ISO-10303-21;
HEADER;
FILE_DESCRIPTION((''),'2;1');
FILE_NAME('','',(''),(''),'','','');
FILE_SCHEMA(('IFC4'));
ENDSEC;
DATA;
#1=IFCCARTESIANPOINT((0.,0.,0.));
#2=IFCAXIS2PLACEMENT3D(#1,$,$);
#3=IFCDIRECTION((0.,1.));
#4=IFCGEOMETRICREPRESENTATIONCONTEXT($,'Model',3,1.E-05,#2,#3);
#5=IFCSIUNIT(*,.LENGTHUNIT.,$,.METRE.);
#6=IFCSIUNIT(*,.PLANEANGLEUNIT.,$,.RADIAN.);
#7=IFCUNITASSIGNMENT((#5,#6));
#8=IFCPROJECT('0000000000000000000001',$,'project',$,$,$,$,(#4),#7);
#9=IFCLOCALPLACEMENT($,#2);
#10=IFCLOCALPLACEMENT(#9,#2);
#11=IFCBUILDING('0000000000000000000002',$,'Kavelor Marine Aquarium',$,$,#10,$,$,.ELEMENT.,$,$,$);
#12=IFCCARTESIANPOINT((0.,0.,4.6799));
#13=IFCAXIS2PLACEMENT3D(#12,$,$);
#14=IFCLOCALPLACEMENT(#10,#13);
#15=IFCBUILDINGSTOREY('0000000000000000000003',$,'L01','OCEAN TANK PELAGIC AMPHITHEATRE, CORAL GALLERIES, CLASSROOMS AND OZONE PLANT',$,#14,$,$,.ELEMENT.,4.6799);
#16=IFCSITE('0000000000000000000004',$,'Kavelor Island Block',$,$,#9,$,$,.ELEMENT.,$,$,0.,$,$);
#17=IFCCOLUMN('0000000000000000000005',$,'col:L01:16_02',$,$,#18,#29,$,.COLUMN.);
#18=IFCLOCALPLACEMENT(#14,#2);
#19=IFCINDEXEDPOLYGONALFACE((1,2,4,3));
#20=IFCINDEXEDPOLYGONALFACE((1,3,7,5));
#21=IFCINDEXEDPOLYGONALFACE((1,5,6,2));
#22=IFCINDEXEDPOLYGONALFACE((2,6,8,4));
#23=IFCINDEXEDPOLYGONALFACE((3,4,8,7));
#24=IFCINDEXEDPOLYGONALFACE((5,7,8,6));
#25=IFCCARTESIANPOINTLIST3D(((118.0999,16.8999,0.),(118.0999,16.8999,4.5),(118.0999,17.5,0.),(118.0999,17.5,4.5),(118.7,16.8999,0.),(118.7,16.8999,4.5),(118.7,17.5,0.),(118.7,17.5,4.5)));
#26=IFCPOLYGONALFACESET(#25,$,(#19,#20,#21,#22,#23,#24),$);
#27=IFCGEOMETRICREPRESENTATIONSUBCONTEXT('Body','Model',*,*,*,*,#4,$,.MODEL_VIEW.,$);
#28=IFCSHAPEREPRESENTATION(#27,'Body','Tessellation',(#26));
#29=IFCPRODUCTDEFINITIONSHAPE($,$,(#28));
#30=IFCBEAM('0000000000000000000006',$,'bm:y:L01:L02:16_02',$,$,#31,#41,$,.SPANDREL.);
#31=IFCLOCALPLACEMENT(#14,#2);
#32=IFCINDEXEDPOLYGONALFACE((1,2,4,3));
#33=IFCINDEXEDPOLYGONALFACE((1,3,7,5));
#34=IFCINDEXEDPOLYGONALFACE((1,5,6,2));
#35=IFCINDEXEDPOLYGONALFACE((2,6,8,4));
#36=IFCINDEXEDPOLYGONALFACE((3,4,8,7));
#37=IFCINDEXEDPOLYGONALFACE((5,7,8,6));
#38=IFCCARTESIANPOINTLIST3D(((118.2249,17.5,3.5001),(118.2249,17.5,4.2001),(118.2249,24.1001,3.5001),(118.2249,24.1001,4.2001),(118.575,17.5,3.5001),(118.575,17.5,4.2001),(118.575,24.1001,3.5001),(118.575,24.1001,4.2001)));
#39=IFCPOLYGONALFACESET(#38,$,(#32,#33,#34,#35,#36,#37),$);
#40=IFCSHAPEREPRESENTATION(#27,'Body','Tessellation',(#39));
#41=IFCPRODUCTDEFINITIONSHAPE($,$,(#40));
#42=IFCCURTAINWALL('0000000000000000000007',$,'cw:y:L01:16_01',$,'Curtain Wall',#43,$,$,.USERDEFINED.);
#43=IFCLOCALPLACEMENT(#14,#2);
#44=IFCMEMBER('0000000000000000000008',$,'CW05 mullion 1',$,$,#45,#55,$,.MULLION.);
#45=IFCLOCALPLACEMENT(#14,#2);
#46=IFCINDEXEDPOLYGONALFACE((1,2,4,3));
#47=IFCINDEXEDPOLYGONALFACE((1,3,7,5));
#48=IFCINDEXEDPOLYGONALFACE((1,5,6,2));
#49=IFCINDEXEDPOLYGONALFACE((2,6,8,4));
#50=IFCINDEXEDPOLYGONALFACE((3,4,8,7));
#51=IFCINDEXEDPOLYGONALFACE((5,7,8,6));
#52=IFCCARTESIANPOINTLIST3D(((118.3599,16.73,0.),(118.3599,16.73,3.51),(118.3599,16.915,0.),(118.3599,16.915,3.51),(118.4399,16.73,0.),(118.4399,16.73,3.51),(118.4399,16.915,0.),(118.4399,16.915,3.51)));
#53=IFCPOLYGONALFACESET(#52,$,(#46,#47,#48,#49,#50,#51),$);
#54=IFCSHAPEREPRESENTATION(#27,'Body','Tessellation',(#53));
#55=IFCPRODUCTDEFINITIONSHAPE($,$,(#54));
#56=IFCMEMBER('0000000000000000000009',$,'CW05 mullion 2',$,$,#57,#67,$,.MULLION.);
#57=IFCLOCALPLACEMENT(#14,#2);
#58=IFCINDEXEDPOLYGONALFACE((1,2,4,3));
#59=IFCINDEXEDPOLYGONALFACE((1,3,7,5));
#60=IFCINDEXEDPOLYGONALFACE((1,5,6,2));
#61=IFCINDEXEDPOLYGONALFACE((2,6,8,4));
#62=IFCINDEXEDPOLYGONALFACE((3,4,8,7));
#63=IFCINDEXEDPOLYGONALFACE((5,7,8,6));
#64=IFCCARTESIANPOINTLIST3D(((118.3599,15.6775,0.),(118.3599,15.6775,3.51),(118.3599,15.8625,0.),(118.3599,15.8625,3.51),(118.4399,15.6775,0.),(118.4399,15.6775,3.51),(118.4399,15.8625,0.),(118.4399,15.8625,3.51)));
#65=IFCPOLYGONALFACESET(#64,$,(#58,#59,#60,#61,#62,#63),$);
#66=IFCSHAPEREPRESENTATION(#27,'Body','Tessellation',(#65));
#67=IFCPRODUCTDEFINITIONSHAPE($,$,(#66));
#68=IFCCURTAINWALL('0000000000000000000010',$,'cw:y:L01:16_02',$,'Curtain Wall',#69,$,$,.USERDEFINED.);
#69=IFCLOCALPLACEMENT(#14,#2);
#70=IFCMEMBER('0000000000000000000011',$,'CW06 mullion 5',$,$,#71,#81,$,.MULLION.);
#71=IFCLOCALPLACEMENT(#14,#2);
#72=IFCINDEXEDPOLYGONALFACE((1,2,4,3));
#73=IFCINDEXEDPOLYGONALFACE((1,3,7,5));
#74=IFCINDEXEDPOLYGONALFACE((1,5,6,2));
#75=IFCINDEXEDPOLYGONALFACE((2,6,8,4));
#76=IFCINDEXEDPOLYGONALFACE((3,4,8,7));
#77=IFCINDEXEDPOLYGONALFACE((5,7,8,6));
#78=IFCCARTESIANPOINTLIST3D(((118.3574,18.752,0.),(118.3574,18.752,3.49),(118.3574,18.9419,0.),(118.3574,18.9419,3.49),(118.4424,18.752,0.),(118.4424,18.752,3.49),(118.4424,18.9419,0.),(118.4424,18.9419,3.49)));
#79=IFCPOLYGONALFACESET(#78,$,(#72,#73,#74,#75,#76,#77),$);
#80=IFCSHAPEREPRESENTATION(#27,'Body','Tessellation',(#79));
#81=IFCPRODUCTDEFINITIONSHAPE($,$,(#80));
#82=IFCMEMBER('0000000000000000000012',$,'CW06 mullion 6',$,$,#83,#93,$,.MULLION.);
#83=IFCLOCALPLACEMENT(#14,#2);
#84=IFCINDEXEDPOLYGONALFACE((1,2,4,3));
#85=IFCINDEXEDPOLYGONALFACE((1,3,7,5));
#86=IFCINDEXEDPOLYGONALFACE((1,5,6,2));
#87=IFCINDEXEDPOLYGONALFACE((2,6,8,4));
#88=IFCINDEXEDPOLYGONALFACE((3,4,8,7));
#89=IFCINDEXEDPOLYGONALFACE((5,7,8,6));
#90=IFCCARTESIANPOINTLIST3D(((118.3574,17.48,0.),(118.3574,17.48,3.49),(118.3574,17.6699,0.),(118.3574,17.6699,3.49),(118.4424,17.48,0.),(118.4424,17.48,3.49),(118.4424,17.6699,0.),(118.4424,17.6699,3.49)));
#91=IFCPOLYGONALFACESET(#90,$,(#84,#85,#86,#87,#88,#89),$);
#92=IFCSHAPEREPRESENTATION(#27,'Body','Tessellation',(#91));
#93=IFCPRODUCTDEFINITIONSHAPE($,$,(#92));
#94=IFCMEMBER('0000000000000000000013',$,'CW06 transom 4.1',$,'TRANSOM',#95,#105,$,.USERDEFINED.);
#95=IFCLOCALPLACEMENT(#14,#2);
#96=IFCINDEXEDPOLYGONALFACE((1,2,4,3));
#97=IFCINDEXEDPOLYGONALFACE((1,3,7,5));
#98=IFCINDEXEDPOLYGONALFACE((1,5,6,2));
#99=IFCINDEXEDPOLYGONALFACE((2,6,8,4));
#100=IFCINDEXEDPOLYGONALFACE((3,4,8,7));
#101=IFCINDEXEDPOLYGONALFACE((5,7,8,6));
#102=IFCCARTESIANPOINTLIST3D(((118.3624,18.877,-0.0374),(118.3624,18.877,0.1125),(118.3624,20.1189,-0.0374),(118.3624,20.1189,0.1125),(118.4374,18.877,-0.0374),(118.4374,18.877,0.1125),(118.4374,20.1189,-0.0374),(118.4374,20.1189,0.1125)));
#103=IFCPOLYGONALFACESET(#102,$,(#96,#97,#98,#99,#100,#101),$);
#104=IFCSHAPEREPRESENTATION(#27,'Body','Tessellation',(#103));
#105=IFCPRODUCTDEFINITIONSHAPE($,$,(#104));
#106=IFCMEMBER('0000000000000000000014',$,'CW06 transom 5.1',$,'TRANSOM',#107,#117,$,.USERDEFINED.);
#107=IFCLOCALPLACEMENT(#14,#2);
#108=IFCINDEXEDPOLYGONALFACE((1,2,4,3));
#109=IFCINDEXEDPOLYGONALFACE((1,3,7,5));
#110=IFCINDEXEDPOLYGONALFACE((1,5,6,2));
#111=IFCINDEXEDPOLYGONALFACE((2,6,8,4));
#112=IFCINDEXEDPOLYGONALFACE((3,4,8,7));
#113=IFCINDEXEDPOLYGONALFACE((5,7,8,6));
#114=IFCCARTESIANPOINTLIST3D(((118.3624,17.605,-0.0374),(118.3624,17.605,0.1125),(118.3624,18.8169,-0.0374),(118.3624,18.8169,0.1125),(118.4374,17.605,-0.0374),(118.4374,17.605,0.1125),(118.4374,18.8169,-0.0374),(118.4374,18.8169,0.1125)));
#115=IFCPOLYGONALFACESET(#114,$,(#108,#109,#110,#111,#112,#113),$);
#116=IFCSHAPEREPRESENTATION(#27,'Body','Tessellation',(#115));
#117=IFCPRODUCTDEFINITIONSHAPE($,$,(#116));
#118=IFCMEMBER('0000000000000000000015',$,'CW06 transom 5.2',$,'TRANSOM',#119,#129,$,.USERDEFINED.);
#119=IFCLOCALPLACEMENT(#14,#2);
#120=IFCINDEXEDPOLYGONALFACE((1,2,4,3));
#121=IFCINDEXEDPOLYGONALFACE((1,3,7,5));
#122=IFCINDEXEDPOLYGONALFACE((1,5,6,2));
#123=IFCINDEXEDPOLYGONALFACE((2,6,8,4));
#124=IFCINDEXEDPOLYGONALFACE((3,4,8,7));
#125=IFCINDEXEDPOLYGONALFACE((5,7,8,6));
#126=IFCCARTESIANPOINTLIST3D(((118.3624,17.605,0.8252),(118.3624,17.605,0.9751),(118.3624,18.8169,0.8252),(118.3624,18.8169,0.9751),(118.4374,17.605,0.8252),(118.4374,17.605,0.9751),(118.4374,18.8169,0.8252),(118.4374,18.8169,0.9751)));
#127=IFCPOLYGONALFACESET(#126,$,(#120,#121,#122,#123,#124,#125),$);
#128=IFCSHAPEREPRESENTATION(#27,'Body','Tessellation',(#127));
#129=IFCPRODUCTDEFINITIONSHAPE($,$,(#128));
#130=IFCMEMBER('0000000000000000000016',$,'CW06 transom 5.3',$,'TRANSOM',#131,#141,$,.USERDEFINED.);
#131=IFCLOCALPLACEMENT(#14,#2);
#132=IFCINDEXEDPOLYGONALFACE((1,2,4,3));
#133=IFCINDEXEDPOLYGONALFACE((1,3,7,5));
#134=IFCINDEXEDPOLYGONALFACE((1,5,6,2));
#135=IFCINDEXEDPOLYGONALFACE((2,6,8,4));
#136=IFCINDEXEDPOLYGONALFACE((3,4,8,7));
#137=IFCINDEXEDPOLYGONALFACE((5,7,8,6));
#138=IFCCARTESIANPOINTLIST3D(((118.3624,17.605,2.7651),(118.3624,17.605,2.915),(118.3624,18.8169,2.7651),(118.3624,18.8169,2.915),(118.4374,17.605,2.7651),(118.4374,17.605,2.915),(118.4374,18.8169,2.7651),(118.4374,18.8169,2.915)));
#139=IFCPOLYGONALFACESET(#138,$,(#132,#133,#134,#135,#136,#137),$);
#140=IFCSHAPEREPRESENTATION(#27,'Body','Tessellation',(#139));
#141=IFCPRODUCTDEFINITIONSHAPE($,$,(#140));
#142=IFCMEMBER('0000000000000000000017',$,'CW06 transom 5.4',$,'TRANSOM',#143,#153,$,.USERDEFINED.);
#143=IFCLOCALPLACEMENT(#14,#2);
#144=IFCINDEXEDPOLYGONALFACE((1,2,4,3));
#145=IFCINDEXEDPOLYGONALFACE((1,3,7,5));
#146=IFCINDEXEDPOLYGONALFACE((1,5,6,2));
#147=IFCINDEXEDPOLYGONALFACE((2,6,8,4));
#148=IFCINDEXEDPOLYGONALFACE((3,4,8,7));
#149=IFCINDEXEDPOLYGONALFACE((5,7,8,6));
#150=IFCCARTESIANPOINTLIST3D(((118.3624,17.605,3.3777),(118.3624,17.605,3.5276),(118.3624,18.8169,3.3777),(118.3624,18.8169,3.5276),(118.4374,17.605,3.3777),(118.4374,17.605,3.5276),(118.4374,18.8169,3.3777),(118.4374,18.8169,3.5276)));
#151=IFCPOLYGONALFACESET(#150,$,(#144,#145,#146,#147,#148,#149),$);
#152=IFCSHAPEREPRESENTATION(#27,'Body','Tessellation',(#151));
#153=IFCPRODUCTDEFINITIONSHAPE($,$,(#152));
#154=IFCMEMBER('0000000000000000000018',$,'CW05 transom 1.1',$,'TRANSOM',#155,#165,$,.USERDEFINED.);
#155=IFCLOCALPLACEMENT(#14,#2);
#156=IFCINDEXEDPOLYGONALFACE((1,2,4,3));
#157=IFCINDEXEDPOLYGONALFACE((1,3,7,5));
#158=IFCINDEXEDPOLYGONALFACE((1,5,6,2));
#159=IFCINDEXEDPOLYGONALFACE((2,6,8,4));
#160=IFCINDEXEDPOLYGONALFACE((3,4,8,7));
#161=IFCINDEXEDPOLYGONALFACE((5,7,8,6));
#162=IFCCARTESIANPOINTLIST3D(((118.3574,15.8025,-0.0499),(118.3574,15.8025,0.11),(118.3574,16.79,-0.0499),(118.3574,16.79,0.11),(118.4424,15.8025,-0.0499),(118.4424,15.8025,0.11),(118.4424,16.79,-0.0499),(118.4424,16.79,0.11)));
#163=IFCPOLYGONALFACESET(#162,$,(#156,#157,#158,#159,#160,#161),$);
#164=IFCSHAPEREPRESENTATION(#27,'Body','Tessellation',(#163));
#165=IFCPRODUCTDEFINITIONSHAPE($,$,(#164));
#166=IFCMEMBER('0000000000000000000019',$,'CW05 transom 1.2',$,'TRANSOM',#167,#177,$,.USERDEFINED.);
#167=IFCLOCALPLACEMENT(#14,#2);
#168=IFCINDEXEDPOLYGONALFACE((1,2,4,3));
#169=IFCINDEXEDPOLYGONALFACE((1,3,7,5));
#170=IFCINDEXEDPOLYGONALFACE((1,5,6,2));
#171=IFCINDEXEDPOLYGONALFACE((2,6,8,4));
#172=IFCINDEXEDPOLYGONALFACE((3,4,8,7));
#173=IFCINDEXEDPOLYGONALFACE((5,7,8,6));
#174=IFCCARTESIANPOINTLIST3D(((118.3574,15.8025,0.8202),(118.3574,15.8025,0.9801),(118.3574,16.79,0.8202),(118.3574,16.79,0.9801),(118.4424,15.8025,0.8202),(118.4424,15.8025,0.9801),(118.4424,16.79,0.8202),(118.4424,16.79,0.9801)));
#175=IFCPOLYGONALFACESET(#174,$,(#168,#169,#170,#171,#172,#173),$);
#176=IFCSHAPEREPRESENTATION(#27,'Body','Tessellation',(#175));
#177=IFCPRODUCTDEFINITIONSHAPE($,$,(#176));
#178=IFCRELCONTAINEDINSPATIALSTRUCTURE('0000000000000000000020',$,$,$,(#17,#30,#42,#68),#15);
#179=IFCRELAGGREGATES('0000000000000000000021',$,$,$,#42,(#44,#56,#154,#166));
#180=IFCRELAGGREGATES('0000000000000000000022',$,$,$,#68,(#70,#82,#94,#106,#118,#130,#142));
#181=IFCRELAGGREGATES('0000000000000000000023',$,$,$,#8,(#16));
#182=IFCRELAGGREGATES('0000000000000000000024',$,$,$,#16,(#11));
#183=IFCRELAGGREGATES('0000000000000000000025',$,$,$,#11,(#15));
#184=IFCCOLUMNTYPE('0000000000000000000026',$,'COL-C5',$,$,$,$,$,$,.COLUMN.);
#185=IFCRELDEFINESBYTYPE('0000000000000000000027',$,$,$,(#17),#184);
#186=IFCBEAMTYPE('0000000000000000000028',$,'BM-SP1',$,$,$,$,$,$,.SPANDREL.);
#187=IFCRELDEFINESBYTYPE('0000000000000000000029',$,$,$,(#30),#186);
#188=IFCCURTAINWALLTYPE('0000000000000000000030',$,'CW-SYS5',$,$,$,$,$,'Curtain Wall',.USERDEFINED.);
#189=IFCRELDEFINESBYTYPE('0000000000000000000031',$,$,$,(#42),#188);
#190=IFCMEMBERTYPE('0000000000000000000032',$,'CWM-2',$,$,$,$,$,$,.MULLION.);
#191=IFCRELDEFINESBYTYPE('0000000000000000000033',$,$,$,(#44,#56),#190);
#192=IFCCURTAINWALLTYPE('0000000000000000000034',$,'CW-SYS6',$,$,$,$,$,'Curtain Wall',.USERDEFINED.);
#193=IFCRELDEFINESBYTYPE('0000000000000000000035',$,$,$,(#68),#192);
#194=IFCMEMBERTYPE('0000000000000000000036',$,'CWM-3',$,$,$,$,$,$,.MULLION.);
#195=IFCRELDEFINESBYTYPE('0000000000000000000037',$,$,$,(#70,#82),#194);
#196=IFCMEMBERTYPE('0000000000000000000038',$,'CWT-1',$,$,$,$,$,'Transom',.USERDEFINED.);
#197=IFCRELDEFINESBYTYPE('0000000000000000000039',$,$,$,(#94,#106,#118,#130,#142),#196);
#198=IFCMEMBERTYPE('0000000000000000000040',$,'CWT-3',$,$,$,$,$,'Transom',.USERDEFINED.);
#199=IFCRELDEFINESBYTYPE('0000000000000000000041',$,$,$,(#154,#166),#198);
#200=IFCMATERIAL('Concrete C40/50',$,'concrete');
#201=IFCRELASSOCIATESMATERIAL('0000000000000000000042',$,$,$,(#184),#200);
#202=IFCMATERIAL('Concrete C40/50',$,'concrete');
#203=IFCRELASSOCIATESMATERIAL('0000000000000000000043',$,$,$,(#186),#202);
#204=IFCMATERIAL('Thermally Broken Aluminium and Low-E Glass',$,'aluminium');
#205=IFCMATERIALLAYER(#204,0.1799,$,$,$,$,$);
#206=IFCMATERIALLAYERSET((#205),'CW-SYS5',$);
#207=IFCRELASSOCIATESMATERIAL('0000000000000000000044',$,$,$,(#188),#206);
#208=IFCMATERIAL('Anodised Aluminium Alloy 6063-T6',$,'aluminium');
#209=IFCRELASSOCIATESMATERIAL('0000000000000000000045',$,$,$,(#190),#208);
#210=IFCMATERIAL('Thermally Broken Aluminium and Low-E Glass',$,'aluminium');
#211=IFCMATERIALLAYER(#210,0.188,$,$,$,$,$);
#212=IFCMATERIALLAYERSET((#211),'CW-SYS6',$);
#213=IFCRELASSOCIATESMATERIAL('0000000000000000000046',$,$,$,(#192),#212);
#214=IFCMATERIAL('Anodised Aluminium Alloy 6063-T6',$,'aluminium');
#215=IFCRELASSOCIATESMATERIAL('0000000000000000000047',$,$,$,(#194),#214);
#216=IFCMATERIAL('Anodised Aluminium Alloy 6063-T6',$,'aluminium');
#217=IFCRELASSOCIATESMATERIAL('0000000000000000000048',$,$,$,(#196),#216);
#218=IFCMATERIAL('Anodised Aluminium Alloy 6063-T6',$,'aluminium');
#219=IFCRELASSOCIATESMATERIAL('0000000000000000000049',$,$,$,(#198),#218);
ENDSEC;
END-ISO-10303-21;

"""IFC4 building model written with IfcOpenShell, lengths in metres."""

from ifc_helpers import new_model, si_unit, direction, frame, origin, origin_2d, place, context, subcontext, project, spatial, rectangle, extrude, material, layer, layer_set, material_profile, profile_set, type_object, element, aggregate, save


model = new_model("IFC4")

# Units and contexts
model_context = context("Model", 3, precision=1e-05, world=origin(), true_north=direction((0.0, 1.0)))
body_context = subcontext(model_context, "Body", "Model", "MODEL_VIEW")
ifc_project = project(units=[si_unit("LENGTHUNIT", "METRE"), si_unit("PLANEANGLEUNIT", "RADIAN")], contexts=[model_context])

# Site, building, storey
site_placement = place(None, origin())
site = spatial("IfcSite", under=ifc_project, at=site_placement, Name="Kavelor Island Block", CompositionType="ELEMENT", RefElevation=0.0)
building_placement = place(site_placement, origin())
building = spatial("IfcBuilding", under=site, at=building_placement, Name="Kavelor Marine Aquarium", CompositionType="ELEMENT")
storey_placement = place(building_placement, frame((0.0, 0.0, 4.6799)))
storey = spatial("IfcBuildingStorey", under=building, at=storey_placement, Name="L01", Description="OCEAN TANK PELAGIC AMPHITHEATRE, CORAL GALLERIES, CLASSROOMS AND OZONE PLANT", CompositionType="ELEMENT", Elevation=4.6799)

# Column
ifc_material_1 = material(Name="Concrete C40/50", Category="concrete")
ifc_material_profile_1 = material_profile(ifc_material_1, rectangle(XDim=0.6001, YDim=0.6001, at=origin_2d()), Name="RC-COL 600x600")
ifc_profile_set_1 = profile_set([ifc_material_profile_1], Name="Concrete C40/50")
column_type = type_object("IfcColumnType", Name="COL-C5", PredefinedType="COLUMN", material=ifc_profile_set_1)
column_placement = place(storey_placement, frame((118.3999, 17.2, 0.0), z_axis=(0.0, 0.0, 1.0), x_axis=(1.0, 0.0, 0.0)))
element("IfcColumn", 1, at=column_placement, inside=storey, type_object=column_type, Name="col:L01:16_02", PredefinedType="COLUMN", context=body_context, shape_type="SweptSolid", body=[
    extrude(rectangle(XDim=0.6001, YDim=0.6001, at=origin_2d()), origin(), (0.0, 0.0, 1.0), 4.5),
])

# Beam
ifc_material_2 = material(Name="Concrete C40/50", Category="concrete")
ifc_material_profile_2 = material_profile(ifc_material_2, rectangle(XDim=0.3501, YDim=0.7, at=origin_2d()), Name="RC-SP 350x700")
ifc_profile_set_2 = profile_set([ifc_material_profile_2], Name="Concrete C40/50")
beam_type = type_object("IfcBeamType", Name="BM-SP1", PredefinedType="SPANDREL", material=ifc_profile_set_2)
beam_placement = place(storey_placement, frame((118.3999, 17.5, 3.8501), z_axis=(0.0, 1.0, 0.0), x_axis=(-1.0, 0.0, 0.0)))
element("IfcBeam", 2, at=beam_placement, inside=storey, type_object=beam_type, Name="bm:y:L01:L02:16_02", PredefinedType="SPANDREL", context=body_context, shape_type="SweptSolid", body=[
    extrude(rectangle(XDim=0.3501, YDim=0.7, at=origin_2d()), origin(), (0.0, 0.0, 1.0), 6.6001),
])

# Curtain walls, members
ifc_material_3 = material(Name="Thermally Broken Aluminium and Low-E Glass", Category="aluminium")
ifc_layer_1 = layer(ifc_material_3, 0.1799)
ifc_layer_set_1 = layer_set([ifc_layer_1], Name="CW-SYS5")
curtain_wall_type_1 = type_object("IfcCurtainWallType", Name="CW-SYS5", ElementType="Curtain Wall", PredefinedType="USERDEFINED", material=ifc_layer_set_1)
curtain_wall_1_placement = place(storey_placement, origin())
curtain_wall_1 = element("IfcCurtainWall", 3, at=curtain_wall_1_placement, inside=storey, type_object=curtain_wall_type_1, Name="cw:y:L01:16_01", ObjectType="Curtain Wall", PredefinedType="USERDEFINED")
ifc_material_4 = material(Name="Anodised Aluminium Alloy 6063-T6", Category="aluminium")
ifc_material_profile_3 = material_profile(ifc_material_4, rectangle(XDim=0.0801, YDim=0.1851, at=origin_2d()), Name="CW-MUL 80x185")
ifc_profile_set_3 = profile_set([ifc_material_profile_3], Name="Anodised Aluminium Alloy 6063-T6")
member_type_1 = type_object("IfcMemberType", Name="CWM-2", PredefinedType="MULLION", material=ifc_profile_set_3)
member_1_placement = place(storey_placement, frame((118.3999, 16.8225, 0.0), z_axis=(0.0, 0.0, 1.0), x_axis=(1.0, 0.0, 0.0)))
member_1 = element("IfcMember", 4, at=member_1_placement, type_object=member_type_1, Name="CW05 mullion 1", PredefinedType="MULLION", context=body_context, shape_type="SweptSolid", body=[
    extrude(rectangle(XDim=0.0801, YDim=0.1851, at=origin_2d()), origin(), (0.0, 0.0, 1.0), 3.51),
])
member_2_placement = place(storey_placement, frame((118.3999, 15.77, 0.0), z_axis=(0.0, 0.0, 1.0), x_axis=(1.0, 0.0, 0.0)))
member_2 = element("IfcMember", 5, at=member_2_placement, type_object=member_type_1, Name="CW05 mullion 2", PredefinedType="MULLION", context=body_context, shape_type="SweptSolid", body=[
    extrude(rectangle(XDim=0.0801, YDim=0.1851, at=origin_2d()), origin(), (0.0, 0.0, 1.0), 3.51),
])
ifc_material_5 = material(Name="Thermally Broken Aluminium and Low-E Glass", Category="aluminium")
ifc_layer_2 = layer(ifc_material_5, 0.188)
ifc_layer_set_2 = layer_set([ifc_layer_2], Name="CW-SYS6")
curtain_wall_type_2 = type_object("IfcCurtainWallType", Name="CW-SYS6", ElementType="Curtain Wall", PredefinedType="USERDEFINED", material=ifc_layer_set_2)
curtain_wall_2_placement = place(storey_placement, origin())
curtain_wall_2 = element("IfcCurtainWall", 6, at=curtain_wall_2_placement, inside=storey, type_object=curtain_wall_type_2, Name="cw:y:L01:16_02", ObjectType="Curtain Wall", PredefinedType="USERDEFINED")
ifc_material_6 = material(Name="Anodised Aluminium Alloy 6063-T6", Category="aluminium")
ifc_material_profile_4 = material_profile(ifc_material_6, rectangle(XDim=0.085, YDim=0.1899, at=origin_2d()), Name="CW-MUL 85x190")
ifc_profile_set_4 = profile_set([ifc_material_profile_4], Name="Anodised Aluminium Alloy 6063-T6")
member_type_2 = type_object("IfcMemberType", Name="CWM-3", PredefinedType="MULLION", material=ifc_profile_set_4)
member_3_placement = place(storey_placement, frame((118.3999, 18.8469, 0.0), z_axis=(0.0, 0.0, 1.0), x_axis=(1.0, 0.0, 0.0)))
member_3 = element("IfcMember", 7, at=member_3_placement, type_object=member_type_2, Name="CW06 mullion 5", PredefinedType="MULLION", context=body_context, shape_type="SweptSolid", body=[
    extrude(rectangle(XDim=0.085, YDim=0.1899, at=origin_2d()), origin(), (0.0, 0.0, 1.0), 3.49),
])
member_4_placement = place(storey_placement, frame((118.3999, 17.575, 0.0), z_axis=(0.0, 0.0, 1.0), x_axis=(1.0, 0.0, 0.0)))
member_4 = element("IfcMember", 8, at=member_4_placement, type_object=member_type_2, Name="CW06 mullion 6", PredefinedType="MULLION", context=body_context, shape_type="SweptSolid", body=[
    extrude(rectangle(XDim=0.085, YDim=0.1899, at=origin_2d()), origin(), (0.0, 0.0, 1.0), 3.49),
])
ifc_material_7 = material(Name="Anodised Aluminium Alloy 6063-T6", Category="aluminium")
ifc_material_profile_5 = material_profile(ifc_material_7, rectangle(XDim=0.075, YDim=0.1499, at=origin_2d()), Name="CW-TRN 75x150")
ifc_profile_set_5 = profile_set([ifc_material_profile_5], Name="Anodised Aluminium Alloy 6063-T6")
member_type_3 = type_object("IfcMemberType", Name="CWT-1", ElementType="Transom", PredefinedType="USERDEFINED", material=ifc_profile_set_5)
member_5_placement = place(storey_placement, frame((118.3999, 20.1189, 0.0376), z_axis=(0.0, -1.0, 0.0), x_axis=(1.0, 0.0, 0.0)))
member_5 = element("IfcMember", 9, at=member_5_placement, type_object=member_type_3, Name="CW06 transom 4.1", ObjectType="TRANSOM", PredefinedType="USERDEFINED", context=body_context, shape_type="SweptSolid", body=[
    extrude(rectangle(XDim=0.075, YDim=0.1499, at=origin_2d()), origin(), (0.0, 0.0, 1.0), 1.2419),
])
member_6_placement = place(storey_placement, frame((118.3999, 18.8169, 0.0376), z_axis=(0.0, -1.0, 0.0), x_axis=(1.0, 0.0, 0.0)))
member_6 = element("IfcMember", 10, at=member_6_placement, type_object=member_type_3, Name="CW06 transom 5.1", ObjectType="TRANSOM", PredefinedType="USERDEFINED", context=body_context, shape_type="SweptSolid", body=[
    extrude(rectangle(XDim=0.075, YDim=0.1499, at=origin_2d()), origin(), (0.0, 0.0, 1.0), 1.2119),
])
member_7_placement = place(storey_placement, frame((118.3999, 18.8169, 0.9001), z_axis=(0.0, -1.0, 0.0), x_axis=(1.0, 0.0, 0.0)))
member_7 = element("IfcMember", 11, at=member_7_placement, type_object=member_type_3, Name="CW06 transom 5.2", ObjectType="TRANSOM", PredefinedType="USERDEFINED", context=body_context, shape_type="SweptSolid", body=[
    extrude(rectangle(XDim=0.075, YDim=0.1499, at=origin_2d()), origin(), (0.0, 0.0, 1.0), 1.2119),
])
member_8_placement = place(storey_placement, frame((118.3999, 18.8169, 2.8401), z_axis=(0.0, -1.0, 0.0), x_axis=(1.0, 0.0, 0.0)))
member_8 = element("IfcMember", 12, at=member_8_placement, type_object=member_type_3, Name="CW06 transom 5.3", ObjectType="TRANSOM", PredefinedType="USERDEFINED", context=body_context, shape_type="SweptSolid", body=[
    extrude(rectangle(XDim=0.075, YDim=0.1499, at=origin_2d()), origin(), (0.0, 0.0, 1.0), 1.2119),
])
member_9_placement = place(storey_placement, frame((118.3999, 18.8169, 3.4526), z_axis=(0.0, -1.0, 0.0), x_axis=(1.0, 0.0, 0.0)))
member_9 = element("IfcMember", 13, at=member_9_placement, type_object=member_type_3, Name="CW06 transom 5.4", ObjectType="TRANSOM", PredefinedType="USERDEFINED", context=body_context, shape_type="SweptSolid", body=[
    extrude(rectangle(XDim=0.075, YDim=0.1499, at=origin_2d()), origin(), (0.0, 0.0, 1.0), 1.2119),
])

# Members
ifc_material_8 = material(Name="Anodised Aluminium Alloy 6063-T6", Category="aluminium")
ifc_material_profile_6 = material_profile(ifc_material_8, rectangle(XDim=0.085, YDim=0.1599, at=origin_2d()), Name="CW-TRN 85x160")
ifc_profile_set_6 = profile_set([ifc_material_profile_6], Name="Anodised Aluminium Alloy 6063-T6")
member_type_4 = type_object("IfcMemberType", Name="CWT-3", ElementType="Transom", PredefinedType="USERDEFINED", material=ifc_profile_set_6)
member_10_placement = place(storey_placement, frame((118.3999, 16.79, 0.03), z_axis=(0.0, -1.0, 0.0), x_axis=(1.0, 0.0, 0.0)))
member_10 = element("IfcMember", 14, at=member_10_placement, type_object=member_type_4, Name="CW05 transom 1.1", ObjectType="TRANSOM", PredefinedType="USERDEFINED", context=body_context, shape_type="SweptSolid", body=[
    extrude(rectangle(XDim=0.085, YDim=0.1599, at=origin_2d()), origin(), (0.0, 0.0, 1.0), 0.9875),
])
member_11_placement = place(storey_placement, frame((118.3999, 16.79, 0.9001), z_axis=(0.0, -1.0, 0.0), x_axis=(1.0, 0.0, 0.0)))
member_11 = element("IfcMember", 15, at=member_11_placement, type_object=member_type_4, Name="CW05 transom 1.2", ObjectType="TRANSOM", PredefinedType="USERDEFINED", context=body_context, shape_type="SweptSolid", body=[
    extrude(rectangle(XDim=0.085, YDim=0.1599, at=origin_2d()), origin(), (0.0, 0.0, 1.0), 0.9875),
])

aggregate(curtain_wall_1, [member_1, member_2, member_10, member_11])
aggregate(curtain_wall_2, [member_3, member_4, member_5, member_6, member_7, member_8, member_9])

save(model, "model.ifc")
